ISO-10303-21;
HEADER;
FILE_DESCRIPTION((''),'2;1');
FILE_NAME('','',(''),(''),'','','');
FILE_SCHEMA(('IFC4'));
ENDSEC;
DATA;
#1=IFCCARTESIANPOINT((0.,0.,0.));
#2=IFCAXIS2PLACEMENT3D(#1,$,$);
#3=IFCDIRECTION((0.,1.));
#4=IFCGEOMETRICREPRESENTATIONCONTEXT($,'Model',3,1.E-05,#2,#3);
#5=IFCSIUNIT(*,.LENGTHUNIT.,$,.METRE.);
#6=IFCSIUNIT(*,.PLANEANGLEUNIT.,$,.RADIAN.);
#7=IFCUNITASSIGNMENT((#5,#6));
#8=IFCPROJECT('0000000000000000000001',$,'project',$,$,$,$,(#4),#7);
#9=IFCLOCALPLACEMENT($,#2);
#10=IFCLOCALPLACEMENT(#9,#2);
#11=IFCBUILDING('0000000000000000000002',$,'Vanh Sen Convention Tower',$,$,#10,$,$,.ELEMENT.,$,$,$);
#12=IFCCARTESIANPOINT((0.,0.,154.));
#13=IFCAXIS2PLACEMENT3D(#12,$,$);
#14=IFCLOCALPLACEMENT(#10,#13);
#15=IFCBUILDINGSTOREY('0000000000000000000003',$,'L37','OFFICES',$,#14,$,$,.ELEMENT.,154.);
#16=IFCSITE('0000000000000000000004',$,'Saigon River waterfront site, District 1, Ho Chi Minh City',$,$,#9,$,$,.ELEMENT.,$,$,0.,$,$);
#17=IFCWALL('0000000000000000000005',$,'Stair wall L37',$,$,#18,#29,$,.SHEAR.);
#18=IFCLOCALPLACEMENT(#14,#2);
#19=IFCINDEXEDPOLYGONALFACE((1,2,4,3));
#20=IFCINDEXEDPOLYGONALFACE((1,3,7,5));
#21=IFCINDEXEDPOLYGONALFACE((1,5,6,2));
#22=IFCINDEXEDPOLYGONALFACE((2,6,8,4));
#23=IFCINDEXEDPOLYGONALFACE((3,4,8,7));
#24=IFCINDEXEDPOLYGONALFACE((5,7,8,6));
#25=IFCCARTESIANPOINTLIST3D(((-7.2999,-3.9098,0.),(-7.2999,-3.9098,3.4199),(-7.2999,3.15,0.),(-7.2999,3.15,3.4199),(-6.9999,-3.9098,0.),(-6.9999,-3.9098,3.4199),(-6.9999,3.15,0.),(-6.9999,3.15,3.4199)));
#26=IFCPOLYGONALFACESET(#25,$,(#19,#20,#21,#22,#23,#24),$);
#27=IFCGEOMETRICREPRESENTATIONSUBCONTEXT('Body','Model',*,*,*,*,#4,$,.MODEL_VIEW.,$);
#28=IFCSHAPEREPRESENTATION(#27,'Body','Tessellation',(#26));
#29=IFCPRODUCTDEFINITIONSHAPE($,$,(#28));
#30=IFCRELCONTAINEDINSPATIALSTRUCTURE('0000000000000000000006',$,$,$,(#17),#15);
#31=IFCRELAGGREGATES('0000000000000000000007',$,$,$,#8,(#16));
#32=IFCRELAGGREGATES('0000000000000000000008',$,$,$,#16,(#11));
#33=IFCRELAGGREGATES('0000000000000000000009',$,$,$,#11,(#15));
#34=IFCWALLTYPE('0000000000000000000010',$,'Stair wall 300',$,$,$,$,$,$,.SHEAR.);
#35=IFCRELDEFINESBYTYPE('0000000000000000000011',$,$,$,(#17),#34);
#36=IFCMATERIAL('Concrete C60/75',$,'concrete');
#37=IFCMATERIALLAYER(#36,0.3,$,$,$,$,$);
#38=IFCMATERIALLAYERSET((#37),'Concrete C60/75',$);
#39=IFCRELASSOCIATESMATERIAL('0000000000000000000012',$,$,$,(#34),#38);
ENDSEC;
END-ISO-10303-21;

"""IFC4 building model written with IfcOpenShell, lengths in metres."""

from ifc_helpers import new_model, si_unit, direction, frame, frame_2d, origin, place, context, subcontext, project, spatial, rectangle, extrude, material, layer, layer_set, type_object, element, save


model = new_model("IFC4")

# Units and contexts
model_context = context("Model", 3, precision=1e-05, world=origin(), true_north=direction((0.0, 1.0)))
body_context = subcontext(model_context, "Body", "Model", "MODEL_VIEW")
ifc_project = project(units=[si_unit("LENGTHUNIT", "METRE"), si_unit("PLANEANGLEUNIT", "RADIAN")], contexts=[model_context])

# Site, building, storey
site_placement = place(None, origin())
site = spatial("IfcSite", under=ifc_project, at=site_placement, Name="Saigon River waterfront site, District 1, Ho Chi Minh City", CompositionType="ELEMENT", RefElevation=0.0)
building_placement = place(site_placement, origin())
building = spatial("IfcBuilding", under=site, at=building_placement, Name="Vanh Sen Convention Tower", CompositionType="ELEMENT")
storey_placement = place(building_placement, frame((0.0, 0.0, 154.0)))
storey = spatial("IfcBuildingStorey", under=building, at=storey_placement, Name="L37", Description="OFFICES", CompositionType="ELEMENT", Elevation=154.0)

# Shared definitions
ifc_material_1 = material(Name="Concrete C60/75", Category="concrete")

# Shared definitions
ifc_layer_1 = layer(ifc_material_1, 0.3)
ifc_layer_set_1 = layer_set([ifc_layer_1], Name="Concrete C60/75")
wall_type_1 = type_object("IfcWallType", Name="Stair wall 300", PredefinedType="SHEAR", material=ifc_layer_set_1)

# Wall
for number, where, z_axis, x_axis, name in (
    (1, (-7.1499, 3.1499, 0.0), (0.0, 0.0, 1.0), (0.0, -1.0, 0.0), "Stair wall L37"),
):
    element("IfcWall", number, at=place(storey_placement, frame(where, z_axis=z_axis, x_axis=x_axis)), inside=storey, type_object=wall_type_1, Name=name, PredefinedType="SHEAR", context=body_context, shape_type="SweptSolid", body=[
        extrude(rectangle(XDim=7.0598, YDim=0.3, at=frame_2d((3.5298, 0.0))), origin(), (0.0, 0.0, 1.0), 3.4199),
    ])

save(model, "model.ifc")
